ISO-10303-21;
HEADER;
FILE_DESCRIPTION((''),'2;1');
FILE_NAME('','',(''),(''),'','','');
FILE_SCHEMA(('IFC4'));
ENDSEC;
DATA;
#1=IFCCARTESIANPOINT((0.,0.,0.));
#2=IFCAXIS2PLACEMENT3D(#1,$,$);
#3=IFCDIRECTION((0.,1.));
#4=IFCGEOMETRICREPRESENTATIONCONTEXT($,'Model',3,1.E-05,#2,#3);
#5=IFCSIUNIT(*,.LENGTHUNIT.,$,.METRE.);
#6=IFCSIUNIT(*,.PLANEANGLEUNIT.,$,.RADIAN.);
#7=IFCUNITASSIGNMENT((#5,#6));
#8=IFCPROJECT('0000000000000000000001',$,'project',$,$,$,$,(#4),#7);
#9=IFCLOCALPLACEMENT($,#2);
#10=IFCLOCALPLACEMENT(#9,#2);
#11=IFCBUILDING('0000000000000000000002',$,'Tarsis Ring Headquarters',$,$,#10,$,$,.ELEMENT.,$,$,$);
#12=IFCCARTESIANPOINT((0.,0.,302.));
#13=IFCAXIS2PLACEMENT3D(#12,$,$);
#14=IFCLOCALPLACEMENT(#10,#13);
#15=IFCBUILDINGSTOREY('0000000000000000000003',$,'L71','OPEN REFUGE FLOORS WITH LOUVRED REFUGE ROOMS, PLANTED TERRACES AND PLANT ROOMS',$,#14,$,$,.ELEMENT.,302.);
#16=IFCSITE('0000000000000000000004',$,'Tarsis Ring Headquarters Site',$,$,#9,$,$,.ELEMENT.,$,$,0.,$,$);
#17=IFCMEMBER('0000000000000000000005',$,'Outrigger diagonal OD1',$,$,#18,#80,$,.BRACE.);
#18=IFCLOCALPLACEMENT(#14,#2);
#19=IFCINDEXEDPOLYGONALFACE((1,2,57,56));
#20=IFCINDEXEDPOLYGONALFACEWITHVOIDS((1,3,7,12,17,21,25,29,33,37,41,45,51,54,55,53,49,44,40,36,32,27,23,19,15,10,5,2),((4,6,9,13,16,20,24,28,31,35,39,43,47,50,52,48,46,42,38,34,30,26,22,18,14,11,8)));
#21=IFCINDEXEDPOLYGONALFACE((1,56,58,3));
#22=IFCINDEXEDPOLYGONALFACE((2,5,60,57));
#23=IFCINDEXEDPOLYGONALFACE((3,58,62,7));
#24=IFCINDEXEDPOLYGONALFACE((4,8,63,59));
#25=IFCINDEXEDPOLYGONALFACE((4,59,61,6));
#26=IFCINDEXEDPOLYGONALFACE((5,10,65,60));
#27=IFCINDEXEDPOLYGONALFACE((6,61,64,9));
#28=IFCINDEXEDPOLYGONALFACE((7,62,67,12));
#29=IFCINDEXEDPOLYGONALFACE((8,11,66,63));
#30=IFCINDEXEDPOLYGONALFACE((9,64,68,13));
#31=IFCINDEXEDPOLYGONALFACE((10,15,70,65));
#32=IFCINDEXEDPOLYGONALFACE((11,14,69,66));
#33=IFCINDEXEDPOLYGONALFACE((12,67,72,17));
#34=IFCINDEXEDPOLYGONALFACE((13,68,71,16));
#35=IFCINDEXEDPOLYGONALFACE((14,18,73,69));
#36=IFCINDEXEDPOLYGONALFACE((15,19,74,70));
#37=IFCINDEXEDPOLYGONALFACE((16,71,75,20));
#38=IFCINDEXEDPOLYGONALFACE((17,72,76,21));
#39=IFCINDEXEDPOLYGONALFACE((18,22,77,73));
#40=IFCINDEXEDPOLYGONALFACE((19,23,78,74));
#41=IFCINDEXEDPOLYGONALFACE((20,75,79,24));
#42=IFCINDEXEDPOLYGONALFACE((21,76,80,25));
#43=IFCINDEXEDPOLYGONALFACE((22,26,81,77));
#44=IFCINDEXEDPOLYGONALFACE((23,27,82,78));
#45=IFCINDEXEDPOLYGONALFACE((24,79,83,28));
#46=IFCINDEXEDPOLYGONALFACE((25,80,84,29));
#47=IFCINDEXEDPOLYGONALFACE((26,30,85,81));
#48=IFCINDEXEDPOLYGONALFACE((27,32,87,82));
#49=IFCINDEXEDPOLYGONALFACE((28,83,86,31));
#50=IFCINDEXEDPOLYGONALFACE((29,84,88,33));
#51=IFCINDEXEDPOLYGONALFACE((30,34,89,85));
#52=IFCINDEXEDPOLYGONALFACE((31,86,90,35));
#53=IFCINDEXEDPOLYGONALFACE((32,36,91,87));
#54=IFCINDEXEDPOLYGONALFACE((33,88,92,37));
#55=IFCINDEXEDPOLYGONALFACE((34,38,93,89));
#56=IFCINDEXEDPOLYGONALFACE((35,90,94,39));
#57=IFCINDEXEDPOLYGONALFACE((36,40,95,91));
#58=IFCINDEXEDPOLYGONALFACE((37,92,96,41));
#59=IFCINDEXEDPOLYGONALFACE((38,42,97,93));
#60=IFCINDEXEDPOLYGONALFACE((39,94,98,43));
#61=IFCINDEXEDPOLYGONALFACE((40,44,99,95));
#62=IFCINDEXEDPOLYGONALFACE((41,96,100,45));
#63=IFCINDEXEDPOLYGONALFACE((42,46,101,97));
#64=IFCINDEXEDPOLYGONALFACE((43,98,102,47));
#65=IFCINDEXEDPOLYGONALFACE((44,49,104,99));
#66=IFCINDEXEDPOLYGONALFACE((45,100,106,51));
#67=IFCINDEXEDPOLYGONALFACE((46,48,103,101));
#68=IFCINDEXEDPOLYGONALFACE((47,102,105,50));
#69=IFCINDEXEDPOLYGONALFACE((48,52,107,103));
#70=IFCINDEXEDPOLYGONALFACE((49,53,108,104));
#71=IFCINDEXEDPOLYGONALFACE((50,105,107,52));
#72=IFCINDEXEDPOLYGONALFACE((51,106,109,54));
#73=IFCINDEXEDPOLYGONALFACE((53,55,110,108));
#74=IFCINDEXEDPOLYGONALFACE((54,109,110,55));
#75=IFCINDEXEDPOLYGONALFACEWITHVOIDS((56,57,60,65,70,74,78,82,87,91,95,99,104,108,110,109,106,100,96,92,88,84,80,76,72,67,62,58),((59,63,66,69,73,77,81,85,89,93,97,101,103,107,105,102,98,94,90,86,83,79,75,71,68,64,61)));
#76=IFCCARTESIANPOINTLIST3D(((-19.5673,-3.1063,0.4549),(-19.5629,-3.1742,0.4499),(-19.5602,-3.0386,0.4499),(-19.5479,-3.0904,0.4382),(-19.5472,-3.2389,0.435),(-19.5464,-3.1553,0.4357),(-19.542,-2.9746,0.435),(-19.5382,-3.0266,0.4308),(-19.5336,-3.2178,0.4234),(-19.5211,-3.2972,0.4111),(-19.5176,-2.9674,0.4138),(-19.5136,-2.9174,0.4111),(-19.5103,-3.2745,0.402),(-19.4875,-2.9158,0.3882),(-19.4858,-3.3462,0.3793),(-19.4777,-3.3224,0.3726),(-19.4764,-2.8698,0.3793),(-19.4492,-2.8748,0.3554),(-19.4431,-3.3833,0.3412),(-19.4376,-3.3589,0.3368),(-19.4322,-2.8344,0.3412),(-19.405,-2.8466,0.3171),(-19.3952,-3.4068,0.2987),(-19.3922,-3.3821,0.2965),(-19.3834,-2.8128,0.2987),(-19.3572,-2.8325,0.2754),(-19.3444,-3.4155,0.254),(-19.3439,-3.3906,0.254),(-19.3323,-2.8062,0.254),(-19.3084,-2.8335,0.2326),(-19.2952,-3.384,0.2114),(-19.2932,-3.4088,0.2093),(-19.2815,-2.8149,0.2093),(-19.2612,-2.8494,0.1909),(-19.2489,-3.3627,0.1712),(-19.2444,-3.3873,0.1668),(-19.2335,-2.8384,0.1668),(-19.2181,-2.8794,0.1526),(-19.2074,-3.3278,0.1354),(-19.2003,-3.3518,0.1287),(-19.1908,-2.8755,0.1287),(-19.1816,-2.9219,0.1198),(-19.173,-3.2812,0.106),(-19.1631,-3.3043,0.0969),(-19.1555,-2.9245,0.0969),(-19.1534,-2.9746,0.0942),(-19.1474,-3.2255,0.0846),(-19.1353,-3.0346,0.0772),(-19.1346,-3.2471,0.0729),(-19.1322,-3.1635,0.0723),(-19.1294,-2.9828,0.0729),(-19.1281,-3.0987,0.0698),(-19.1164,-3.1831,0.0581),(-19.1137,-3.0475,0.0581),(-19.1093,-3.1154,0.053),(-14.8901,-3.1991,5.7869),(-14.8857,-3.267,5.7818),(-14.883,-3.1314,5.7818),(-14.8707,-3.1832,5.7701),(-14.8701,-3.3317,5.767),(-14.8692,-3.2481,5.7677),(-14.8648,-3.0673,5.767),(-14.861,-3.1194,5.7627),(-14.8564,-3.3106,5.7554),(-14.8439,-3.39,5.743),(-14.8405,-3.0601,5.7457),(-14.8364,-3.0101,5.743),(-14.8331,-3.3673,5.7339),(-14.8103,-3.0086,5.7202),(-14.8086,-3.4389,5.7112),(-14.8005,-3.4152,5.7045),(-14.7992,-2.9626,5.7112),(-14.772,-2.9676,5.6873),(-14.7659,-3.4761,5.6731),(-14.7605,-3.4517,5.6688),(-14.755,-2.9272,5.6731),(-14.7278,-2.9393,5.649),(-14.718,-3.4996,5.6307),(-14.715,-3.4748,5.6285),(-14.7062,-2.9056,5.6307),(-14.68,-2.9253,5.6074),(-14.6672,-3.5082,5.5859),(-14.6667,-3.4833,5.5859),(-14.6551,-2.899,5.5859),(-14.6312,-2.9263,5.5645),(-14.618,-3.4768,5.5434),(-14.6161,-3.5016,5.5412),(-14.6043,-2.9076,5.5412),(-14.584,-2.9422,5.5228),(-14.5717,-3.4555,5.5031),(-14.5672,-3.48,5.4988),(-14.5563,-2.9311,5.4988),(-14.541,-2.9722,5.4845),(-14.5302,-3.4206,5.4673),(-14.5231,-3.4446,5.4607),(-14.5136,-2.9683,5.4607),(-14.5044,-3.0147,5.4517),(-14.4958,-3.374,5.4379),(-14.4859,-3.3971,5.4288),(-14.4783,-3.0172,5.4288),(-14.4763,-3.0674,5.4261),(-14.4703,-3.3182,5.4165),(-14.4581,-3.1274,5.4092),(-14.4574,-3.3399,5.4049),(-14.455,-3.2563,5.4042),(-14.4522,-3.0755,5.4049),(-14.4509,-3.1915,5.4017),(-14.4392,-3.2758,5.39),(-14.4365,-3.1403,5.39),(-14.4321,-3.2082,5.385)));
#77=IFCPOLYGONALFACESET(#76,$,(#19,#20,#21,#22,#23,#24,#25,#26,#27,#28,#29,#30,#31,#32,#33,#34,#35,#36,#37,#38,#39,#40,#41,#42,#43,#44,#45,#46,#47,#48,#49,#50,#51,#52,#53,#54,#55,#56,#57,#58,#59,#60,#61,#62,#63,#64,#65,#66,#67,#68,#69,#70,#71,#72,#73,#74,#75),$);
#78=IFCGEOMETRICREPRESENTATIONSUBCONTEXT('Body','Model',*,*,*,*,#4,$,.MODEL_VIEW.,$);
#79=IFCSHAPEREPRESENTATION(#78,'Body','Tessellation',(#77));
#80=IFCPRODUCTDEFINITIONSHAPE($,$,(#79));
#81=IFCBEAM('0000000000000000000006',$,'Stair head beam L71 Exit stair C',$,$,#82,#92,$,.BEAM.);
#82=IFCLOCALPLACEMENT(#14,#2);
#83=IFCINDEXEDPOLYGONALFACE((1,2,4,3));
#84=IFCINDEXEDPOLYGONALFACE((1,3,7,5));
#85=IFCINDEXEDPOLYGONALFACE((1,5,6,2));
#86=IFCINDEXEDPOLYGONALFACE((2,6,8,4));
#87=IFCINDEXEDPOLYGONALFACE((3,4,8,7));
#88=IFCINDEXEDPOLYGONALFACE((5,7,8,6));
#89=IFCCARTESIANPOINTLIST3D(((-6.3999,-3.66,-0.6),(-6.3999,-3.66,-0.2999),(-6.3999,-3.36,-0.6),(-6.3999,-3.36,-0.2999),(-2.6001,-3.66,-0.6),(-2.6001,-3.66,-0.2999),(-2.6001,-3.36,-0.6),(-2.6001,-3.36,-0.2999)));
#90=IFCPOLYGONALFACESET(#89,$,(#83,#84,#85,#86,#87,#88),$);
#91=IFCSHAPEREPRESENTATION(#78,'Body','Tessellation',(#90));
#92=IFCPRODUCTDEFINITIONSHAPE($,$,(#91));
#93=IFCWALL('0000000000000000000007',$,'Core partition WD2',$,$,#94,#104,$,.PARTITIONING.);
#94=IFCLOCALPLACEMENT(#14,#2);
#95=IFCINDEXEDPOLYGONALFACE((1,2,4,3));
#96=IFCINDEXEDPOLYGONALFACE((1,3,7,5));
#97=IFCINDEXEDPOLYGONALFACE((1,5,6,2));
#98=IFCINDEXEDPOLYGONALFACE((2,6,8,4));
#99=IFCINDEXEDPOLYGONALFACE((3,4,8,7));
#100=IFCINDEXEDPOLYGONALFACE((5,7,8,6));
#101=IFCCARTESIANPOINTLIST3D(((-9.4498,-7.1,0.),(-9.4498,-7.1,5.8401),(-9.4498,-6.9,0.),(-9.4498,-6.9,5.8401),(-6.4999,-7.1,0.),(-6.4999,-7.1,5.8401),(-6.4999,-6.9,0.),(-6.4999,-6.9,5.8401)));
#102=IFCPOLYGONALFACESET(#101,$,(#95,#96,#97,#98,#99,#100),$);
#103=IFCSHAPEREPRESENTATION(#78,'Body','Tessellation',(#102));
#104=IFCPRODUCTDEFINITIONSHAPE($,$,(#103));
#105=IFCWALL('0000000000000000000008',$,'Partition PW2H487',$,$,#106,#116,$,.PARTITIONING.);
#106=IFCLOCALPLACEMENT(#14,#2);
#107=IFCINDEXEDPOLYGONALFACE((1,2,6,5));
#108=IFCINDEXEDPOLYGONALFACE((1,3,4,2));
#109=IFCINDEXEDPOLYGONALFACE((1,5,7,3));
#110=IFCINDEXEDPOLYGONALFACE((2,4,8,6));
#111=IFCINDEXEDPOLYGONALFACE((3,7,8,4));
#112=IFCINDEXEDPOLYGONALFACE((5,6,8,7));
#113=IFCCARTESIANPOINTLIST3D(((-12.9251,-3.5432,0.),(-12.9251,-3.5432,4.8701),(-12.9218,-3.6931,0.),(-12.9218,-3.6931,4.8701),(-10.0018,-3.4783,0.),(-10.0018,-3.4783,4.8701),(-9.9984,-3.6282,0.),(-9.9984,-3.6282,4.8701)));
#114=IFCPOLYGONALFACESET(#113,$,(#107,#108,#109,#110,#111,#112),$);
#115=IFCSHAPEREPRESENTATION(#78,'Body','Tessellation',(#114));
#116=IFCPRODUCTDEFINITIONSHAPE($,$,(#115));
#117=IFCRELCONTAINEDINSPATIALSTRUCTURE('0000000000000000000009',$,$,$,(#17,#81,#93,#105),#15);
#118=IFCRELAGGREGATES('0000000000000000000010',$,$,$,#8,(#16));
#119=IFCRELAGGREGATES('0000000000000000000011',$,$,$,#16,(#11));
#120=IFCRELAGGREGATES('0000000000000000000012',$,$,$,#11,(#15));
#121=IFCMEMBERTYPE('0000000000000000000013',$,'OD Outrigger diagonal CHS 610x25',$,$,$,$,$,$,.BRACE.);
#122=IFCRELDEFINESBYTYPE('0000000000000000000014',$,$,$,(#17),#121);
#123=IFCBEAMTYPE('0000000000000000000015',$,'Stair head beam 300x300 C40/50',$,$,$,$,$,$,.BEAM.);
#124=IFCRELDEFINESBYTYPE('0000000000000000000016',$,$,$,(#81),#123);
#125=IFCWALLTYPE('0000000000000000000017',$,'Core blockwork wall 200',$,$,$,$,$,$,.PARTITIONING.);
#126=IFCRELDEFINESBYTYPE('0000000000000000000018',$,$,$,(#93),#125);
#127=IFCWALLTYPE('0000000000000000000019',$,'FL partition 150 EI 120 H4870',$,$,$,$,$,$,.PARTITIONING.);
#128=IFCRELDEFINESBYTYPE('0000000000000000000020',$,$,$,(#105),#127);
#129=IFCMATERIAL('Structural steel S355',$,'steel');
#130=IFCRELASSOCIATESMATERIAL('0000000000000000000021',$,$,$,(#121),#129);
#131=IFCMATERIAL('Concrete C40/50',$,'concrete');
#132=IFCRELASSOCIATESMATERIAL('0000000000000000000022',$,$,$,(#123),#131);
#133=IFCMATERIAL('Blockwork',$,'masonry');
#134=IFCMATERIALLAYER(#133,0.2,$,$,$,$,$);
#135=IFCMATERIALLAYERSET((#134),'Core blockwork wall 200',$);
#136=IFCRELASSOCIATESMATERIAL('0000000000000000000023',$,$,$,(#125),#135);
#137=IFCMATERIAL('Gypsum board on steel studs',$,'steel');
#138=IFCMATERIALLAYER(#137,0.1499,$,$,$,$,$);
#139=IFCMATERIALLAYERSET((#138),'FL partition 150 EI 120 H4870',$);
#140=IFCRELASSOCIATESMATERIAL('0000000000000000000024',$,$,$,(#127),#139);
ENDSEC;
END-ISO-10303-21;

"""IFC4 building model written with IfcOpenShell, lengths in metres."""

from ifc_helpers import new_model, si_unit, direction, frame, frame_2d, origin, origin_2d, place, context, subcontext, project, spatial, rectangle, hollow_circle, extrude, material, layer, layer_set, material_profile, profile_set, type_object, element, save


model = new_model("IFC4")

# Units and contexts
model_context = context("Model", 3, precision=1e-05, world=origin(), true_north=direction((0.0, 1.0)))
body_context = subcontext(model_context, "Body", "Model", "MODEL_VIEW")
ifc_project = project(units=[si_unit("LENGTHUNIT", "METRE"), si_unit("PLANEANGLEUNIT", "RADIAN")], contexts=[model_context])

# Site, building, storey
site_placement = place(None, origin())
site = spatial("IfcSite", under=ifc_project, at=site_placement, Name="Tarsis Ring Headquarters Site", CompositionType="ELEMENT", RefElevation=0.0)
building_placement = place(site_placement, origin())
building = spatial("IfcBuilding", under=site, at=building_placement, Name="Tarsis Ring Headquarters", CompositionType="ELEMENT")
storey_placement = place(building_placement, frame((0.0, 0.0, 302.0)))
storey = spatial("IfcBuildingStorey", under=building, at=storey_placement, Name="L71", Description="OPEN REFUGE FLOORS WITH LOUVRED REFUGE ROOMS, PLANTED TERRACES AND PLANT ROOMS", CompositionType="ELEMENT", Elevation=302.0)

# Member
ifc_material_1 = material(Name="Structural steel S355", Category="steel")
ifc_material_profile_1 = material_profile(ifc_material_1, hollow_circle(Radius=0.3047, WallThickness=0.0249, at=origin_2d()), Name="CHS 610x25")
ifc_profile_set_1 = profile_set([ifc_material_profile_1], Name="Structural steel S355")
member_type = type_object("IfcMemberType", Name="OD Outrigger diagonal CHS 610x25", PredefinedType="BRACE", material=ifc_profile_set_1)
member_placement = place(storey_placement, frame((-14.6611, -3.2036, 5.5859), z_axis=(-0.659383, 0.013079, -0.751693), x_axis=(-0.019831, -0.999803, 0.0)))
element("IfcMember", 1, at=member_placement, inside=storey, type_object=member_type, Name="Outrigger diagonal OD1", PredefinedType="BRACE", context=body_context, shape_type="SweptSolid", body=[
    extrude(hollow_circle(Radius=0.3047, WallThickness=0.0249, at=origin_2d()), origin(), (0.0, 0.0, 1.0), 7.0933),
])

# Beam
ifc_material_2 = material(Name="Concrete C40/50", Category="concrete")
ifc_material_profile_2 = material_profile(ifc_material_2, rectangle(XDim=0.3, YDim=0.3, at=origin_2d()), Name="Stair head beam 300x300 C40/50")
ifc_profile_set_2 = profile_set([ifc_material_profile_2], Name="Concrete C40/50")
beam_type = type_object("IfcBeamType", Name="Stair head beam 300x300 C40/50", PredefinedType="BEAM", material=ifc_profile_set_2)
beam_placement = place(storey_placement, frame((-6.3999, -3.51, -0.45), z_axis=(1.0, 0.0, 0.0), x_axis=(0.0, 1.0, 0.0)))
element("IfcBeam", 2, at=beam_placement, inside=storey, type_object=beam_type, Name="Stair head beam L71 Exit stair C", PredefinedType="BEAM", context=body_context, shape_type="SweptSolid", body=[
    extrude(rectangle(XDim=0.3, YDim=0.3, at=origin_2d()), origin(), (0.0, 0.0, 1.0), 3.7998),
])

# Walls
ifc_material_3 = material(Name="Blockwork", Category="masonry")
ifc_layer_1 = layer(ifc_material_3, 0.2)
ifc_layer_set_1 = layer_set([ifc_layer_1], Name="Core blockwork wall 200")
wall_type_1 = type_object("IfcWallType", Name="Core blockwork wall 200", PredefinedType="PARTITIONING", material=ifc_layer_set_1)
wall_1_placement = place(storey_placement, frame((-9.45, -7.0, 0.0), z_axis=(0.0, 0.0, 1.0), x_axis=(1.0, 0.0, 0.0)))
element("IfcWall", 3, at=wall_1_placement, inside=storey, type_object=wall_type_1, Name="Core partition WD2", PredefinedType="PARTITIONING", context=body_context, shape_type="SweptSolid", body=[
    extrude(rectangle(XDim=2.95, YDim=0.2, at=frame_2d((1.4751, 0.0))), origin(), (0.0, 0.0, 1.0), 5.8401),
])
ifc_material_4 = material(Name="Gypsum board on steel studs", Category="steel")
ifc_layer_2 = layer(ifc_material_4, 0.1499)
ifc_layer_set_2 = layer_set([ifc_layer_2], Name="FL partition 150 EI 120 H4870")
wall_type_2 = type_object("IfcWallType", Name="FL partition 150 EI 120 H4870", PredefinedType="PARTITIONING", material=ifc_layer_set_2)
wall_2_placement = place(storey_placement, frame((-12.9233, -3.6182, 0.0), z_axis=(0.0, 0.0, 1.0), x_axis=(0.999753, 0.022209, 0.0)))
element("IfcWall", 4, at=wall_2_placement, inside=storey, type_object=wall_type_2, Name="Partition PW2H487", PredefinedType="PARTITIONING", context=body_context, shape_type="SweptSolid", body=[
    extrude(rectangle(XDim=2.9241, YDim=0.1499, at=frame_2d((1.4619, 0.0))), origin(), (0.0, 0.0, 1.0), 4.8701),
])

save(model, "model.ifc")
